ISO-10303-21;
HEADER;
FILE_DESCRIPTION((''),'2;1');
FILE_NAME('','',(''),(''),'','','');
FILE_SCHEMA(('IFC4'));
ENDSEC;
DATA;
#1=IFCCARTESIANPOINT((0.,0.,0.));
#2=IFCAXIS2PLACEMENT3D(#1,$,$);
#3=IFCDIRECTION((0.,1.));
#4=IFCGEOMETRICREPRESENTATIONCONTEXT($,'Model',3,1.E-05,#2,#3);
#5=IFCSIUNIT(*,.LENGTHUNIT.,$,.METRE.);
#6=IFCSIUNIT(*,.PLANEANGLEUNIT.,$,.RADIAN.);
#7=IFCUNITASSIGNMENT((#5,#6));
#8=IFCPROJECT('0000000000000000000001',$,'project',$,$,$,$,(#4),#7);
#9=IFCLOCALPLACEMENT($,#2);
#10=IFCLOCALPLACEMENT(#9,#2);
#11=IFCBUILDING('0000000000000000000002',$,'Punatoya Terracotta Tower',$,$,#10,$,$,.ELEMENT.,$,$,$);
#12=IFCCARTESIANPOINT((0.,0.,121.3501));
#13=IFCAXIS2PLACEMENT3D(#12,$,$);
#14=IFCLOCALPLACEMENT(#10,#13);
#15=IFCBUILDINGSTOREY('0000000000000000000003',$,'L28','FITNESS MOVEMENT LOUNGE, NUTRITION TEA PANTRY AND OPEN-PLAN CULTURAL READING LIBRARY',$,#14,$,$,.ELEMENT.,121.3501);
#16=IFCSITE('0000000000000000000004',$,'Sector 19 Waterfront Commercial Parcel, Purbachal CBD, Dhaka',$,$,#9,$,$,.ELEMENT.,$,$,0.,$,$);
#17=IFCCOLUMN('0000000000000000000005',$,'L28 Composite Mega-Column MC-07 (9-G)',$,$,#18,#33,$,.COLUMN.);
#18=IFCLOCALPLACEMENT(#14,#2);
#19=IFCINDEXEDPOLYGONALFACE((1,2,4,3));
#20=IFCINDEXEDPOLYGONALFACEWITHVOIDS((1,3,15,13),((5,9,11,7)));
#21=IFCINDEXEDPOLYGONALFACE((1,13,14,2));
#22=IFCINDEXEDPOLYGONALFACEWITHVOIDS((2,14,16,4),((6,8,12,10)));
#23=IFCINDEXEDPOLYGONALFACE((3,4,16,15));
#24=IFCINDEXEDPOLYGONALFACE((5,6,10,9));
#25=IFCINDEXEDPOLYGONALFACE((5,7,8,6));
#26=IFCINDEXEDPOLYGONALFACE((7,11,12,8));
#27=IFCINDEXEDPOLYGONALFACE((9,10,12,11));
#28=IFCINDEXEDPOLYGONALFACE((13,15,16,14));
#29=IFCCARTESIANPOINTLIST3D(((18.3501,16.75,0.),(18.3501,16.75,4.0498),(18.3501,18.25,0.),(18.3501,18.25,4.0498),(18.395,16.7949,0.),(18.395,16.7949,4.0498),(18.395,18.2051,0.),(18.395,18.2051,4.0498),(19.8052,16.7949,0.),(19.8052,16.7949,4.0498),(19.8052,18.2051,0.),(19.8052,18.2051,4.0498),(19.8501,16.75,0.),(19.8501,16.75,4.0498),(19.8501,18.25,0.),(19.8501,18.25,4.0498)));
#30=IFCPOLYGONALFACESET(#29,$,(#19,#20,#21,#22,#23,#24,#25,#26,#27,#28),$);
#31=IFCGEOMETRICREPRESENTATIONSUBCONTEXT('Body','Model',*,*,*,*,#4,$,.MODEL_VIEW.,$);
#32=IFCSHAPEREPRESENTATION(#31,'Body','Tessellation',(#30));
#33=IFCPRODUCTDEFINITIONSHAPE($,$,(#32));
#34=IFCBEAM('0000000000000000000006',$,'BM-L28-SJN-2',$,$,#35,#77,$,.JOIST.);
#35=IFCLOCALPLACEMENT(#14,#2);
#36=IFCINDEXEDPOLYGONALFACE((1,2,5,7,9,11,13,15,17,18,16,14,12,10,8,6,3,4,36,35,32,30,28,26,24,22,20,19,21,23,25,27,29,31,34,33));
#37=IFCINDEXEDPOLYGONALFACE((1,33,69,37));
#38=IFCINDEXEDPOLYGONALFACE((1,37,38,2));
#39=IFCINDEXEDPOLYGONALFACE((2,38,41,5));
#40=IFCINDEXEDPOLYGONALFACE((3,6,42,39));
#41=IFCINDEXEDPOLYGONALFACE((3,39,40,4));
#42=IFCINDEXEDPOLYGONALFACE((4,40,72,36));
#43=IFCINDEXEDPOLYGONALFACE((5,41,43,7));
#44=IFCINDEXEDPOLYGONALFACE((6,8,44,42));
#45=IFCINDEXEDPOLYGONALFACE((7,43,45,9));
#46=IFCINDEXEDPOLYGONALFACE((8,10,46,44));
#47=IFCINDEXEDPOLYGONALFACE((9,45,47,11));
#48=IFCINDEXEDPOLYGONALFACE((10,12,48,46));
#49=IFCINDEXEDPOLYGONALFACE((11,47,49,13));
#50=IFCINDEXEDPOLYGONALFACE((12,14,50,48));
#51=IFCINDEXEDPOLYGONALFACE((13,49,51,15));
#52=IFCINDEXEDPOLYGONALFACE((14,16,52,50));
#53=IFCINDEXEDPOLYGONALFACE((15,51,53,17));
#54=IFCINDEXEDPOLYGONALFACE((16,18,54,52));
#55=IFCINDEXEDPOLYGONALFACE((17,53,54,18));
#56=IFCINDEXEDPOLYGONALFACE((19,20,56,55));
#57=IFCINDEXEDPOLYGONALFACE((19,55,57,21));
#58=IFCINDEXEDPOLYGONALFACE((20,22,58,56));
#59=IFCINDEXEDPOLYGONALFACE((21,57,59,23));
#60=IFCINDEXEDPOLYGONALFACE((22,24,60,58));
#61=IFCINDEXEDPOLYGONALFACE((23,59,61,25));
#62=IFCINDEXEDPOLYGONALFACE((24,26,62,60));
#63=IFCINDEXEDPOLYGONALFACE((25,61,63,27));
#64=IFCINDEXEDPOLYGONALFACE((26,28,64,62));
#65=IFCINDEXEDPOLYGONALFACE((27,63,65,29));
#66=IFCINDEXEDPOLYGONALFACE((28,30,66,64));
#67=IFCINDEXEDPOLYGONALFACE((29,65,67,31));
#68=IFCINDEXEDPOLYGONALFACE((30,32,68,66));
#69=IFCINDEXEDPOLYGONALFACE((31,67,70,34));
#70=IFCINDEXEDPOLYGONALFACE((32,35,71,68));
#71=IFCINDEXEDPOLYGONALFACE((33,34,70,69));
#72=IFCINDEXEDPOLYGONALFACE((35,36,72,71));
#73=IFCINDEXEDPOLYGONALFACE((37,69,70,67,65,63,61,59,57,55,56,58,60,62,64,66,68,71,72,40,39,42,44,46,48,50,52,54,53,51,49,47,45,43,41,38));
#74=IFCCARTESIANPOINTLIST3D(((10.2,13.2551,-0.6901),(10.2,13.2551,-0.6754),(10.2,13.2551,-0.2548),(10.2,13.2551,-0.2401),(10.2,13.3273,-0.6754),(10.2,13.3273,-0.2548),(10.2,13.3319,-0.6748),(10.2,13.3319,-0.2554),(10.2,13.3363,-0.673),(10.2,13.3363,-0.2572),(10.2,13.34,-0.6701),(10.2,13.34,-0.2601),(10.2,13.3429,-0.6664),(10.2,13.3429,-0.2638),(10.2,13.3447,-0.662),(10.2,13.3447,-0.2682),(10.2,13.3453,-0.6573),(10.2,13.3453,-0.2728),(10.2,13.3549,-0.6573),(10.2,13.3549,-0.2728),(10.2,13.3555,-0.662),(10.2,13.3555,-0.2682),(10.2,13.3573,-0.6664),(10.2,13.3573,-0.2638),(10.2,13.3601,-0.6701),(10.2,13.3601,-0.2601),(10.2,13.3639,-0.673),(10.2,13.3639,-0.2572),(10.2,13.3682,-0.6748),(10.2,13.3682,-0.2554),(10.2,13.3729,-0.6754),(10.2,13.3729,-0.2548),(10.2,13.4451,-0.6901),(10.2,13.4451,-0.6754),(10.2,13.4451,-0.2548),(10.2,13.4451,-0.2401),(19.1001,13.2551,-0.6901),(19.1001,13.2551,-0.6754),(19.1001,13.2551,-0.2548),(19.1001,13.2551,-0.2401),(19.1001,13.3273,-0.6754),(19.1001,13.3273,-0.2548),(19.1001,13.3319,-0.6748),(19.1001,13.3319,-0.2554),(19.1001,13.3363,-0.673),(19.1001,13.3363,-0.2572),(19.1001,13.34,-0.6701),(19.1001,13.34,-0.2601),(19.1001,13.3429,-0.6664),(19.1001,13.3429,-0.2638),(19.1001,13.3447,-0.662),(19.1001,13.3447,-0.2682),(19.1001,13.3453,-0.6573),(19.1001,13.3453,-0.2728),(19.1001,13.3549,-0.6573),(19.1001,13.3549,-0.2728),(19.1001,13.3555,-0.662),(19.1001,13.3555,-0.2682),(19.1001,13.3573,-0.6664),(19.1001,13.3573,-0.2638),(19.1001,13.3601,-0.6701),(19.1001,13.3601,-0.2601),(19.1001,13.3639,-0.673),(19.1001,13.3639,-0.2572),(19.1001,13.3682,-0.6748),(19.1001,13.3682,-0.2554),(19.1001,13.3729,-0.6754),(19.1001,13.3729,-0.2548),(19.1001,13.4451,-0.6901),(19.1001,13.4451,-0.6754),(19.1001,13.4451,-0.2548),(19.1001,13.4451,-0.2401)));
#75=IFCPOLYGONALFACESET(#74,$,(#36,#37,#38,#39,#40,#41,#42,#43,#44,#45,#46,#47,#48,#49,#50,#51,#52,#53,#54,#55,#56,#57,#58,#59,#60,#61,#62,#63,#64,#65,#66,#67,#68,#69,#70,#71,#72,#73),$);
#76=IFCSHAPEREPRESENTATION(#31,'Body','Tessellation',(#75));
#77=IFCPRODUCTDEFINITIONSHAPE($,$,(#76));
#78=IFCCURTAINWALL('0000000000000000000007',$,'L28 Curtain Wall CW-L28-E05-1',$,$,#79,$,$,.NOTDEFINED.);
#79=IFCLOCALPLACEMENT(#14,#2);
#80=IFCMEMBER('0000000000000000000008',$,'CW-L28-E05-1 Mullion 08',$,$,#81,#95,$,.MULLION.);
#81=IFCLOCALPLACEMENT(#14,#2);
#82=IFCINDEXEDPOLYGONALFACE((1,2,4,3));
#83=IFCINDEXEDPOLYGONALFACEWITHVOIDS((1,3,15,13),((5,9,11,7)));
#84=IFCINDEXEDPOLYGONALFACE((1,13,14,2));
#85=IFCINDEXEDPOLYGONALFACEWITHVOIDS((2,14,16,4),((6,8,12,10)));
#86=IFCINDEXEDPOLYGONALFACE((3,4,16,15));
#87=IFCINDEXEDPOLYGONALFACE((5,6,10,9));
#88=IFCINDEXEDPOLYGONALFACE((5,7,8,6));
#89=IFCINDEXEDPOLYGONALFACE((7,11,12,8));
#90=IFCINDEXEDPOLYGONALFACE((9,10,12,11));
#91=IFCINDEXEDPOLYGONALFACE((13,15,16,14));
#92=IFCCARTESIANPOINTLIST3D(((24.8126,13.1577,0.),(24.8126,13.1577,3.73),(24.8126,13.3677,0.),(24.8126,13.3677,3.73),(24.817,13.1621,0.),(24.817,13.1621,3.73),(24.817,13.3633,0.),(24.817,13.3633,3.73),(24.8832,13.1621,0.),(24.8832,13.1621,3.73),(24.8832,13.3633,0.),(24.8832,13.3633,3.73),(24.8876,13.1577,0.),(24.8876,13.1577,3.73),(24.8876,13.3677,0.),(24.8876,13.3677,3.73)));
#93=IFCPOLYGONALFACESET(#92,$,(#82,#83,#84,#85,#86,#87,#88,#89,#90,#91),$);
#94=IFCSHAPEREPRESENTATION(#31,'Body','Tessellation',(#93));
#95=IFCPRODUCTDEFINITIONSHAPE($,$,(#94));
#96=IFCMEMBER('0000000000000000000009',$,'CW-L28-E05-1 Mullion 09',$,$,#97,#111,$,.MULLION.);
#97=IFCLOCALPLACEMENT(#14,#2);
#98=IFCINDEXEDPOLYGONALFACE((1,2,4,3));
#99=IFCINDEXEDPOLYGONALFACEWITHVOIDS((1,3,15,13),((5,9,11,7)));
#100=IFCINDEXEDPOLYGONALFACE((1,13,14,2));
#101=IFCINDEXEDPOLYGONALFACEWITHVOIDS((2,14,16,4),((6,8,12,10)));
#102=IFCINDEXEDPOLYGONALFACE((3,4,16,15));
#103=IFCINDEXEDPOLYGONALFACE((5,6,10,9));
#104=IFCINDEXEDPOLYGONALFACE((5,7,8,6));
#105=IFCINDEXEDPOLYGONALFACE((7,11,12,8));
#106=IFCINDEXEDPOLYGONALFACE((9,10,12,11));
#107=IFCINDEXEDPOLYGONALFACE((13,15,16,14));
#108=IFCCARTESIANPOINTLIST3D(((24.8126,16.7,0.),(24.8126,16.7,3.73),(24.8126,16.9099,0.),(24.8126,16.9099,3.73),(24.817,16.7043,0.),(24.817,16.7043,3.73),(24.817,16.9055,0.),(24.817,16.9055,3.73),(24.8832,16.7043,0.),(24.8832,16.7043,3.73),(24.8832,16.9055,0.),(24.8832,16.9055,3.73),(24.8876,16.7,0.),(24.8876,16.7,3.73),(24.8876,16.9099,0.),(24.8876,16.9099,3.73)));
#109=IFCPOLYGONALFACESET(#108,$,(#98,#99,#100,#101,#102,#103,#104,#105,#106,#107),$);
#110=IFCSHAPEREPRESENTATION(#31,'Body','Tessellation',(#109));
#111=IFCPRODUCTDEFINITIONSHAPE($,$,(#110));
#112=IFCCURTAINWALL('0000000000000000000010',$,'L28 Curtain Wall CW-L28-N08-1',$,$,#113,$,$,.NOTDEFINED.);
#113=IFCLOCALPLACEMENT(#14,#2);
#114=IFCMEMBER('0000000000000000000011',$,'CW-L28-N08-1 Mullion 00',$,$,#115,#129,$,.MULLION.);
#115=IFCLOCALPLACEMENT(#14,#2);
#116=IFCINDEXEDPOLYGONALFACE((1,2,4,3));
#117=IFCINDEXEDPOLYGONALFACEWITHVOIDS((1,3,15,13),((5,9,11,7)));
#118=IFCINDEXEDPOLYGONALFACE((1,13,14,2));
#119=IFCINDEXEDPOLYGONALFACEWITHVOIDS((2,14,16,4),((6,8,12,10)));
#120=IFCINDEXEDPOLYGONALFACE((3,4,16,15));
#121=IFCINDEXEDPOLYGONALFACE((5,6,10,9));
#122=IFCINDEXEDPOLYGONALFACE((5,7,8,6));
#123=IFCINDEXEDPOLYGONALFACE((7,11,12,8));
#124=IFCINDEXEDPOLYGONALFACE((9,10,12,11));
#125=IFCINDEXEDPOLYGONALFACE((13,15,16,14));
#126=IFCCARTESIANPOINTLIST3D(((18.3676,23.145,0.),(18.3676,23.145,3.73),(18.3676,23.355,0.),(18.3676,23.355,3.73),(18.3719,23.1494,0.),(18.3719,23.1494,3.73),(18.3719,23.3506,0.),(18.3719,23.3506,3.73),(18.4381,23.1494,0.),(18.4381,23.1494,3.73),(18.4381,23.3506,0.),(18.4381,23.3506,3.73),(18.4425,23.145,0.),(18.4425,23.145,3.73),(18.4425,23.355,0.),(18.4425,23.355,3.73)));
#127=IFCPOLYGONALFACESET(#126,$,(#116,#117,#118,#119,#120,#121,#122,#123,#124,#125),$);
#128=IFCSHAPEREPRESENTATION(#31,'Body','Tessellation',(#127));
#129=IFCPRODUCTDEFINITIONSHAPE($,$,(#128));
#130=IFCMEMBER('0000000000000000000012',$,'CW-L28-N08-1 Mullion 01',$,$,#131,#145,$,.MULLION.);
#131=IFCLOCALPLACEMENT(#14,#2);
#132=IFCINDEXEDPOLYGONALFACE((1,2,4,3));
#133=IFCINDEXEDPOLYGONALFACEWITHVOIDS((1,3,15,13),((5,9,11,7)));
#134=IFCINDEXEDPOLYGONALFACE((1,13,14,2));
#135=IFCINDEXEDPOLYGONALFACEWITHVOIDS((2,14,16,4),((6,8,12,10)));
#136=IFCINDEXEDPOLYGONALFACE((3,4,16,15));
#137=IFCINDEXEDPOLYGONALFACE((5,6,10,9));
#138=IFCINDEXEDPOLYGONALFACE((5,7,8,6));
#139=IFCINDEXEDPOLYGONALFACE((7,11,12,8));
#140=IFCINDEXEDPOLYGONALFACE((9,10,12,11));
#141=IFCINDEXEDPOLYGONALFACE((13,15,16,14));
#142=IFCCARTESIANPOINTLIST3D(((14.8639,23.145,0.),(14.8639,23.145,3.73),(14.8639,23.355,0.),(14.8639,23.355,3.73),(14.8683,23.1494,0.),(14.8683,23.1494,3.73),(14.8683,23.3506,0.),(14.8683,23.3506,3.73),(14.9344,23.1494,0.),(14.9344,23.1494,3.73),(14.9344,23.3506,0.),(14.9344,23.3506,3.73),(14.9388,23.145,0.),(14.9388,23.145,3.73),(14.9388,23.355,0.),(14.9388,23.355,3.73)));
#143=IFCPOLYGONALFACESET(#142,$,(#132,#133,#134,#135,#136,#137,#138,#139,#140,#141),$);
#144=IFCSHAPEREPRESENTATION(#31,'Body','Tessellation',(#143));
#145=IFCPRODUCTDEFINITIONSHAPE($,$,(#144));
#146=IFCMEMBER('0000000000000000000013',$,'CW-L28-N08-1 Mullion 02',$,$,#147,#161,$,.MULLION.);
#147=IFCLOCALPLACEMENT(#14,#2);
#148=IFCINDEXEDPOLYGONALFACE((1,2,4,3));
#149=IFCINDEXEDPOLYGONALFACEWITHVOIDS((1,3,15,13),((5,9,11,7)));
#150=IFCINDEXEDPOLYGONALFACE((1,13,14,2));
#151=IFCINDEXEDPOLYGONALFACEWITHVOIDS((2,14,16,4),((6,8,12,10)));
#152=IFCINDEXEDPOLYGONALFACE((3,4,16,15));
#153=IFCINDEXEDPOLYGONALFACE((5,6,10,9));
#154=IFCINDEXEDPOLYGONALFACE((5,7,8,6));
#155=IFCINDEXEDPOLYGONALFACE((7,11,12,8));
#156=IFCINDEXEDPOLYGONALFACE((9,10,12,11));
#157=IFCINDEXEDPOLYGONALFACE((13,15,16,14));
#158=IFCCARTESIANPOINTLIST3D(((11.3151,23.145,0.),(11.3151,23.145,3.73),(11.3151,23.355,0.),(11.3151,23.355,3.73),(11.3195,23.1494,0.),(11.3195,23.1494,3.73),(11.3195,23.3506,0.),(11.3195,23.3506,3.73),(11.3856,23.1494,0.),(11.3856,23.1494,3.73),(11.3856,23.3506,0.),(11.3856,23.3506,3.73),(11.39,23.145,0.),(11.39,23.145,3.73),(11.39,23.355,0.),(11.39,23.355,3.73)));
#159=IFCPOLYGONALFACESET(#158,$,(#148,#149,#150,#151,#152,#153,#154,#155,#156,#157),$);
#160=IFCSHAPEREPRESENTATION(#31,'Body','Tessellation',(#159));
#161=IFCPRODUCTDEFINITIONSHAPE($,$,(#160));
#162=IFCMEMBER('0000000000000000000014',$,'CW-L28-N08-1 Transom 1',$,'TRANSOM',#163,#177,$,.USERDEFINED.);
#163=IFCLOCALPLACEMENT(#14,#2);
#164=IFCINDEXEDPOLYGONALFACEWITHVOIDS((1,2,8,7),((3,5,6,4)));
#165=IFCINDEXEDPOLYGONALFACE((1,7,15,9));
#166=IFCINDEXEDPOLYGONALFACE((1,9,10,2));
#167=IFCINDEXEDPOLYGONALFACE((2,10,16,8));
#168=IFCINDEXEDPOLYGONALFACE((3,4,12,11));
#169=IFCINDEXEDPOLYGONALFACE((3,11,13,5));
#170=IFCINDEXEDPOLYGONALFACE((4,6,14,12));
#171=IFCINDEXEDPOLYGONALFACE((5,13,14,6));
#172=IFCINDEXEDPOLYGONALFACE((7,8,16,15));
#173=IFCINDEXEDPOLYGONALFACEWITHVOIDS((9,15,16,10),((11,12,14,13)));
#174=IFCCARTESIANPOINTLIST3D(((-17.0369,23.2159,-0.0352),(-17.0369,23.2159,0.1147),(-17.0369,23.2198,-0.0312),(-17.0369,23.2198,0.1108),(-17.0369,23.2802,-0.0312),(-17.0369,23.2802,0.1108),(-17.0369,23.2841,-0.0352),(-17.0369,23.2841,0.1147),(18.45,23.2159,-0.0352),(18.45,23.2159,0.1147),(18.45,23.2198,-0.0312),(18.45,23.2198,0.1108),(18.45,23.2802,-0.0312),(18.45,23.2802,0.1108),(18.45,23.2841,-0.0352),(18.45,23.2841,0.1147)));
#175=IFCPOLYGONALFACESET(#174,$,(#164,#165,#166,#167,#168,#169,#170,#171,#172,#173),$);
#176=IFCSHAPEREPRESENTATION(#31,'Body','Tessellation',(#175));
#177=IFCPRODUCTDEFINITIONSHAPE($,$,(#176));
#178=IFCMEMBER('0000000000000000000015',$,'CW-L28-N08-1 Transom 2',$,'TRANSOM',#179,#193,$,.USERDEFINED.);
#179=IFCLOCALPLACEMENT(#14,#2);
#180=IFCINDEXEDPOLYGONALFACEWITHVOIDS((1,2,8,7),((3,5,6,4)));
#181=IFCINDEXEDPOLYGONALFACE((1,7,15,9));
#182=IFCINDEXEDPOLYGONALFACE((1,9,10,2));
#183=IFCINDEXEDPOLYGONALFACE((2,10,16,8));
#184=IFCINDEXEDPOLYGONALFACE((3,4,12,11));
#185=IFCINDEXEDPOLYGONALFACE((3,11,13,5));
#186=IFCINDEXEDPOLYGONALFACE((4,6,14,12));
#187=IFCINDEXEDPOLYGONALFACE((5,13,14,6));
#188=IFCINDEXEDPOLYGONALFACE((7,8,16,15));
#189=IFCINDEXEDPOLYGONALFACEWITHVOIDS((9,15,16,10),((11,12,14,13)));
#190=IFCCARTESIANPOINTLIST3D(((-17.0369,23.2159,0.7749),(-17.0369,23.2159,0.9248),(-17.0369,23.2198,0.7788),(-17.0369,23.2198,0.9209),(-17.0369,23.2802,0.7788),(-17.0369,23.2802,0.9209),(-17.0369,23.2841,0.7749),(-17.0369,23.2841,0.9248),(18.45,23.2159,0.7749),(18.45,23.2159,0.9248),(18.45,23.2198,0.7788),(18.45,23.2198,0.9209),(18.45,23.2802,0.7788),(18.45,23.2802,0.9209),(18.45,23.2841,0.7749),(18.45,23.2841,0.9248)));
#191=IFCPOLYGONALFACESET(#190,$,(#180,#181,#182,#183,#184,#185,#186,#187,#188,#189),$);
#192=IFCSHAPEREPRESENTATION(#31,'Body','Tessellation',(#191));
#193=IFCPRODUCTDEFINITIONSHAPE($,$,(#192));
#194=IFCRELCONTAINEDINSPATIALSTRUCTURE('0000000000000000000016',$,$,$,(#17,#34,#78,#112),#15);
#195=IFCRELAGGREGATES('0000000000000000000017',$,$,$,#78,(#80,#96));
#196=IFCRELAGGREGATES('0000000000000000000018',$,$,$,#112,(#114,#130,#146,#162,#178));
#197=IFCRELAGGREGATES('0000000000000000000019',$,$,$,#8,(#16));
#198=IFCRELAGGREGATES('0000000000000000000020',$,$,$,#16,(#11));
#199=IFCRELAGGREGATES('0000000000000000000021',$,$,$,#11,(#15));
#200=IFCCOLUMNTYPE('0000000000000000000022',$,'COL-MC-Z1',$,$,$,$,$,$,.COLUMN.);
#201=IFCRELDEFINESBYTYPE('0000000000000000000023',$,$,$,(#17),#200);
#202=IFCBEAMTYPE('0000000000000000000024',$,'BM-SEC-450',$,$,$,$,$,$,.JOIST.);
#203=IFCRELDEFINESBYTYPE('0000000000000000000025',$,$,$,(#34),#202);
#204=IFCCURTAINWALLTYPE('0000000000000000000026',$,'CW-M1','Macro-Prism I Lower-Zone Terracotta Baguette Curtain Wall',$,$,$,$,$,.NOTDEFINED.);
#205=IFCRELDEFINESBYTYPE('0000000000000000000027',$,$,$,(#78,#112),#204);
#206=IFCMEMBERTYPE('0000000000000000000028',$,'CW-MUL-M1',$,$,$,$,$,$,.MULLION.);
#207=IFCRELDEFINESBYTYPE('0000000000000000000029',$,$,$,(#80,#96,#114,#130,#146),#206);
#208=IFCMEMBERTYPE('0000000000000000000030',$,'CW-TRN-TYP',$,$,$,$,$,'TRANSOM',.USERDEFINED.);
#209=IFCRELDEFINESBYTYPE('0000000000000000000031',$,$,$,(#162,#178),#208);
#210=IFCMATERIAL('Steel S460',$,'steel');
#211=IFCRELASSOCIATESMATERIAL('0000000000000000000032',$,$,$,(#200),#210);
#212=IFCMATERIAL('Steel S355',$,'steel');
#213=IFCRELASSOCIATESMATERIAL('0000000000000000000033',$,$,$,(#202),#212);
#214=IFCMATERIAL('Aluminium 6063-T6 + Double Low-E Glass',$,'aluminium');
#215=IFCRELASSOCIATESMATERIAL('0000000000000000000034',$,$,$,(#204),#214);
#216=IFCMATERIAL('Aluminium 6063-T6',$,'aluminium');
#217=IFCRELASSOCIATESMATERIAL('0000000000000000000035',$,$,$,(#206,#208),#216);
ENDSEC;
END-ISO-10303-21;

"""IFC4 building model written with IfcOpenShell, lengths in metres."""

from ifc_helpers import new_model, si_unit, direction, frame, origin, origin_2d, place, context, subcontext, project, spatial, hollow_rectangle, i_section, extrude, material, material_profile, profile_set, type_object, element, aggregate, save


model = new_model("IFC4")

# Units and contexts
model_context = context("Model", 3, precision=1e-05, world=origin(), true_north=direction((0.0, 1.0)))
body_context = subcontext(model_context, "Body", "Model", "MODEL_VIEW")
ifc_project = project(units=[si_unit("LENGTHUNIT", "METRE"), si_unit("PLANEANGLEUNIT", "RADIAN")], contexts=[model_context])

# Site, building, storey
site_placement = place(None, origin())
site = spatial("IfcSite", under=ifc_project, at=site_placement, Name="Sector 19 Waterfront Commercial Parcel, Purbachal CBD, Dhaka", CompositionType="ELEMENT", RefElevation=0.0)
building_placement = place(site_placement, origin())
building = spatial("IfcBuilding", under=site, at=building_placement, Name="Punatoya Terracotta Tower", CompositionType="ELEMENT")
storey_placement = place(building_placement, frame((0.0, 0.0, 121.3501)))
storey = spatial("IfcBuildingStorey", under=building, at=storey_placement, Name="L28", Description="FITNESS MOVEMENT LOUNGE, NUTRITION TEA PANTRY AND OPEN-PLAN CULTURAL READING LIBRARY", CompositionType="ELEMENT", Elevation=121.3501)

# Column
ifc_material_1 = material(Name="Steel S460", Category="steel")
ifc_material_profile_1 = material_profile(ifc_material_1, hollow_rectangle(XDim=1.5, YDim=1.5, WallThickness=0.0449, at=origin_2d()))
ifc_profile_set_1 = profile_set([ifc_material_profile_1], Name="Steel S460")
column_type = type_object("IfcColumnType", Name="COL-MC-Z1", PredefinedType="COLUMN", material=ifc_profile_set_1)
column_placement = place(storey_placement, frame((19.1001, 17.5, 0.0), z_axis=(0.0, 0.0, 1.0), x_axis=(1.0, 0.0, 0.0)))
element("IfcColumn", 1, at=column_placement, inside=storey, type_object=column_type, Name="L28 Composite Mega-Column MC-07 (9-G)", PredefinedType="COLUMN", context=body_context, shape_type="SweptSolid", body=[
    extrude(hollow_rectangle(XDim=1.5, YDim=1.5, WallThickness=0.0449, at=origin_2d()), origin(), (0.0, 0.0, 1.0), 4.0498),
])

# Beam
ifc_material_2 = material(Name="Steel S355", Category="steel")
ifc_material_profile_2 = material_profile(ifc_material_2, i_section(OverallWidth=0.1899, OverallDepth=0.45, WebThickness=0.0095, FlangeThickness=0.0146, FilletRadius=0.0181, at=origin_2d()))
ifc_profile_set_2 = profile_set([ifc_material_profile_2], Name="Steel S355")
beam_type = type_object("IfcBeamType", Name="BM-SEC-450", PredefinedType="JOIST", material=ifc_profile_set_2)
beam_placement = place(storey_placement, frame((10.2, 13.3501, -0.4651), z_axis=(1.0, 0.0, 0.0), x_axis=(0.0, 1.0, 0.0)))
element("IfcBeam", 2, at=beam_placement, inside=storey, type_object=beam_type, Name="BM-L28-SJN-2", PredefinedType="JOIST", context=body_context, shape_type="SweptSolid", body=[
    extrude(i_section(OverallWidth=0.1899, OverallDepth=0.45, WebThickness=0.0095, FlangeThickness=0.0146, FilletRadius=0.0181, at=origin_2d()), origin(), (0.0, 0.0, 1.0), 8.9001),
])

# Curtain walls, members
ifc_material_3 = material(Name="Aluminium 6063-T6 + Double Low-E Glass", Category="aluminium")
curtain_wall_type = type_object("IfcCurtainWallType", Name="CW-M1", Description="Macro-Prism I Lower-Zone Terracotta Baguette Curtain Wall", PredefinedType="NOTDEFINED", material=ifc_material_3)
curtain_wall_1_placement = place(storey_placement, origin())
curtain_wall_1 = element("IfcCurtainWall", 3, at=curtain_wall_1_placement, inside=storey, type_object=curtain_wall_type, Name="L28 Curtain Wall CW-L28-E05-1", PredefinedType="NOTDEFINED")
ifc_material_4 = material(Name="Aluminium 6063-T6", Category="aluminium")
ifc_material_profile_3 = material_profile(ifc_material_4, hollow_rectangle(XDim=0.075, YDim=0.21, WallThickness=0.0044, at=origin_2d()))
ifc_profile_set_3 = profile_set([ifc_material_profile_3], Name="Aluminium 6063-T6")
member_type_1 = type_object("IfcMemberType", Name="CW-MUL-M1", PredefinedType="MULLION", material=ifc_profile_set_3)
member_1_placement = place(storey_placement, frame((24.8501, 13.2627, 0.0), z_axis=(0.0, 0.0, 1.0), x_axis=(1.0, 0.0, 0.0)))
member_1 = element("IfcMember", 4, at=member_1_placement, type_object=member_type_1, Name="CW-L28-E05-1 Mullion 08", PredefinedType="MULLION", context=body_context, shape_type="SweptSolid", body=[
    extrude(hollow_rectangle(XDim=0.075, YDim=0.21, WallThickness=0.0044, at=origin_2d()), origin(), (0.0, 0.0, 1.0), 3.73),
])
member_2_placement = place(storey_placement, frame((24.8501, 16.8049, 0.0), z_axis=(0.0, 0.0, 1.0), x_axis=(1.0, 0.0, 0.0)))
member_2 = element("IfcMember", 5, at=member_2_placement, type_object=member_type_1, Name="CW-L28-E05-1 Mullion 09", PredefinedType="MULLION", context=body_context, shape_type="SweptSolid", body=[
    extrude(hollow_rectangle(XDim=0.075, YDim=0.21, WallThickness=0.0044, at=origin_2d()), origin(), (0.0, 0.0, 1.0), 3.73),
])
curtain_wall_2_placement = place(storey_placement, origin())
curtain_wall_2 = element("IfcCurtainWall", 6, at=curtain_wall_2_placement, inside=storey, type_object=curtain_wall_type, Name="L28 Curtain Wall CW-L28-N08-1", PredefinedType="NOTDEFINED")
member_3_placement = place(storey_placement, frame((18.405, 23.25, 0.0), z_axis=(0.0, 0.0, 1.0), x_axis=(1.0, 0.0, 0.0)))
member_3 = element("IfcMember", 7, at=member_3_placement, type_object=member_type_1, Name="CW-L28-N08-1 Mullion 00", PredefinedType="MULLION", context=body_context, shape_type="SweptSolid", body=[
    extrude(hollow_rectangle(XDim=0.075, YDim=0.21, WallThickness=0.0044, at=origin_2d()), origin(), (0.0, 0.0, 1.0), 3.73),
])
member_4_placement = place(storey_placement, frame((14.9014, 23.25, 0.0), z_axis=(0.0, 0.0, 1.0), x_axis=(1.0, 0.0, 0.0)))
member_4 = element("IfcMember", 8, at=member_4_placement, type_object=member_type_1, Name="CW-L28-N08-1 Mullion 01", PredefinedType="MULLION", context=body_context, shape_type="SweptSolid", body=[
    extrude(hollow_rectangle(XDim=0.075, YDim=0.21, WallThickness=0.0044, at=origin_2d()), origin(), (0.0, 0.0, 1.0), 3.73),
])
member_5_placement = place(storey_placement, frame((11.3525, 23.25, 0.0), z_axis=(0.0, 0.0, 1.0), x_axis=(1.0, 0.0, 0.0)))
member_5 = element("IfcMember", 9, at=member_5_placement, type_object=member_type_1, Name="CW-L28-N08-1 Mullion 02", PredefinedType="MULLION", context=body_context, shape_type="SweptSolid", body=[
    extrude(hollow_rectangle(XDim=0.075, YDim=0.21, WallThickness=0.0044, at=origin_2d()), origin(), (0.0, 0.0, 1.0), 3.73),
])
ifc_material_profile_4 = material_profile(ifc_material_4, hollow_rectangle(XDim=0.0681, YDim=0.1499, WallThickness=0.0039, at=origin_2d()))
ifc_profile_set_4 = profile_set([ifc_material_profile_4], Name="Aluminium 6063-T6")
member_type_2 = type_object("IfcMemberType", Name="CW-TRN-TYP", ElementType="TRANSOM", PredefinedType="USERDEFINED", material=ifc_profile_set_4)
member_6_placement = place(storey_placement, frame((18.45, 23.25, 0.0398), z_axis=(-1.0, 0.0, 0.0), x_axis=(0.0, -1.0, 0.0)))
member_6 = element("IfcMember", 10, at=member_6_placement, type_object=member_type_2, Name="CW-L28-N08-1 Transom 1", ObjectType="TRANSOM", PredefinedType="USERDEFINED", context=body_context, shape_type="SweptSolid", body=[
    extrude(hollow_rectangle(XDim=0.0681, YDim=0.1499, WallThickness=0.0039, at=origin_2d()), origin(), (0.0, 0.0, 1.0), 35.4868),
])
member_7_placement = place(storey_placement, frame((18.45, 23.25, 0.8499), z_axis=(-1.0, 0.0, 0.0), x_axis=(0.0, -1.0, 0.0)))
member_7 = element("IfcMember", 11, at=member_7_placement, type_object=member_type_2, Name="CW-L28-N08-1 Transom 2", ObjectType="TRANSOM", PredefinedType="USERDEFINED", context=body_context, shape_type="SweptSolid", body=[
    extrude(hollow_rectangle(XDim=0.0681, YDim=0.1499, WallThickness=0.0039, at=origin_2d()), origin(), (0.0, 0.0, 1.0), 35.4868),
])

aggregate(curtain_wall_1, [member_1, member_2])
aggregate(curtain_wall_2, [member_3, member_4, member_5, member_6, member_7])

save(model, "model.ifc")
